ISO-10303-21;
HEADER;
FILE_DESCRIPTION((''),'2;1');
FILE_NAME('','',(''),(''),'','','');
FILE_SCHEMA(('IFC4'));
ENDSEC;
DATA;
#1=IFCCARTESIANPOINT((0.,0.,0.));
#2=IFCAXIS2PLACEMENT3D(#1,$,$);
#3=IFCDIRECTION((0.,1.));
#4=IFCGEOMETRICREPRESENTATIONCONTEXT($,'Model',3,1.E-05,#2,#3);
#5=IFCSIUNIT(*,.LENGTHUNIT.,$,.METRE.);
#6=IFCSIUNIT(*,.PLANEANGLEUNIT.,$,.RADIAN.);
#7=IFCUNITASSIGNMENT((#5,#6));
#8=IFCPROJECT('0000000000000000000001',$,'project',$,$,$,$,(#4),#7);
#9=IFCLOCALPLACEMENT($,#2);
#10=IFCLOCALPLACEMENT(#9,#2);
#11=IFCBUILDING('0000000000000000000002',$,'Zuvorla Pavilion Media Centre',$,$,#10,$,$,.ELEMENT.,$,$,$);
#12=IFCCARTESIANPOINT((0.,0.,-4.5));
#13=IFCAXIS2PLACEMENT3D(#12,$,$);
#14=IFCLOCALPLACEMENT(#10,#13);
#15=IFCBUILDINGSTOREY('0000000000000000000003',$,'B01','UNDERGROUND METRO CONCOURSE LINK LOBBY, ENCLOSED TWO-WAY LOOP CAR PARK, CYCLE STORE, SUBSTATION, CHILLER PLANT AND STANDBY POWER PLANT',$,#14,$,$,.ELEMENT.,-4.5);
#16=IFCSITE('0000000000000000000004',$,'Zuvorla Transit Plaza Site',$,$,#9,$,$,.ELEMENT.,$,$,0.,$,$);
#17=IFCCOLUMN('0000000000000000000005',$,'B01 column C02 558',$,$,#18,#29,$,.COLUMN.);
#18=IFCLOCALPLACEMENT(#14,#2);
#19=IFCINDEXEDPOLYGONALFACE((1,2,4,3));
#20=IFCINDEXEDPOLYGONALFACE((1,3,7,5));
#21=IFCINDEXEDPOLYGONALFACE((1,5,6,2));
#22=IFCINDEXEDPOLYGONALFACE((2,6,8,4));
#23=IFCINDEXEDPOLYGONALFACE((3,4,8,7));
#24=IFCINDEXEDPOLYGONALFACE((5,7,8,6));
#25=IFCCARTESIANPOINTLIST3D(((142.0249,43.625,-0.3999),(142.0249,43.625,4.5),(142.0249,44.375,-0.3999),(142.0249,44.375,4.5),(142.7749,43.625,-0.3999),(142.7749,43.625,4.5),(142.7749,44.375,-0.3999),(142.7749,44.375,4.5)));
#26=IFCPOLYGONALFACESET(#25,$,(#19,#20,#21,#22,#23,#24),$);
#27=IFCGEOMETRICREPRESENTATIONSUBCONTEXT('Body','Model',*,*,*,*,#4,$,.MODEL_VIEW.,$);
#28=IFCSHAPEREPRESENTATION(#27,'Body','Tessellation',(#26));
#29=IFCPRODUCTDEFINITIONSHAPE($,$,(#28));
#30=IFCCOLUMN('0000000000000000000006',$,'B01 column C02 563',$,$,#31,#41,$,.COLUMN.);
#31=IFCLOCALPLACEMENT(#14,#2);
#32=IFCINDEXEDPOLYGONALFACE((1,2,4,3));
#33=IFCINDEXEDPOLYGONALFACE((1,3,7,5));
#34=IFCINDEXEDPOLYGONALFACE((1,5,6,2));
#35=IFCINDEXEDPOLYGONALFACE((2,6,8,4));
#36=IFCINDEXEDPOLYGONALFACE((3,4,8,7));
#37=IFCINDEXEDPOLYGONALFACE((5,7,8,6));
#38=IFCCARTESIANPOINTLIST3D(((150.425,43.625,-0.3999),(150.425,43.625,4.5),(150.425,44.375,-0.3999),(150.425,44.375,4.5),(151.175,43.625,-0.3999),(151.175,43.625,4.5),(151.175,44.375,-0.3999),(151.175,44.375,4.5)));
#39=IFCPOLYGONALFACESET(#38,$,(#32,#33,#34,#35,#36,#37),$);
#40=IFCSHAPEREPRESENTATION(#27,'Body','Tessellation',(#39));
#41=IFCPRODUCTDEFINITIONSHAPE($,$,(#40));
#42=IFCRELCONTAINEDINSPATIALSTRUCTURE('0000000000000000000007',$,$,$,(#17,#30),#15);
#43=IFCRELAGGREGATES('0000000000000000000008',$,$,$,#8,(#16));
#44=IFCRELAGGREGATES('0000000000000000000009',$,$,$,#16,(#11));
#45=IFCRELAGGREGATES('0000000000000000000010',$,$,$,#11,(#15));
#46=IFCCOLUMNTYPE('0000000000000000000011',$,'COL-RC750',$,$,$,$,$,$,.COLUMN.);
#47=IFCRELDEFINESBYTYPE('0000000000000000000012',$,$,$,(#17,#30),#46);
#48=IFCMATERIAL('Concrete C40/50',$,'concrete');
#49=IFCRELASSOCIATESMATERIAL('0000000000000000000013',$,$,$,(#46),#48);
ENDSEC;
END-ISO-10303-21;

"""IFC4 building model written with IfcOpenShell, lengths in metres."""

from ifc_helpers import new_model, si_unit, direction, frame, origin, origin_2d, place, context, subcontext, project, spatial, rectangle, extrude, material, material_profile, profile_set, type_object, element, save


model = new_model("IFC4")

# Units and contexts
model_context = context("Model", 3, precision=1e-05, world=origin(), true_north=direction((0.0, 1.0)))
body_context = subcontext(model_context, "Body", "Model", "MODEL_VIEW")
ifc_project = project(units=[si_unit("LENGTHUNIT", "METRE"), si_unit("PLANEANGLEUNIT", "RADIAN")], contexts=[model_context])

# Site, building, storey
site_placement = place(None, origin())
site = spatial("IfcSite", under=ifc_project, at=site_placement, Name="Zuvorla Transit Plaza Site", CompositionType="ELEMENT", RefElevation=0.0)
building_placement = place(site_placement, origin())
building = spatial("IfcBuilding", under=site, at=building_placement, Name="Zuvorla Pavilion Media Centre", CompositionType="ELEMENT")
storey_placement = place(building_placement, frame((0.0, 0.0, -4.5)))
storey = spatial("IfcBuildingStorey", under=building, at=storey_placement, Name="B01", Description="UNDERGROUND METRO CONCOURSE LINK LOBBY, ENCLOSED TWO-WAY LOOP CAR PARK, CYCLE STORE, SUBSTATION, CHILLER PLANT AND STANDBY POWER PLANT", CompositionType="ELEMENT", Elevation=-4.5)

# Shared definitions
ifc_material = material(Name="Concrete C40/50", Category="concrete")

# Columns
ifc_material_profile_1 = material_profile(ifc_material, rectangle(XDim=0.75, YDim=0.75, at=origin_2d()), Name="RC 750x750")
ifc_profile_set_1 = profile_set([ifc_material_profile_1], Name="Concrete C40/50")
column_type = type_object("IfcColumnType", Name="COL-RC750", PredefinedType="COLUMN", material=ifc_profile_set_1)
for number, where, z_axis, x_axis, name in (
    (1, (142.3999, 44.0, -0.3999), (0.0, 0.0, 1.0), (1.0, 0.0, 0.0), "B01 column C02 558"),
    (2, (150.8, 44.0, -0.3999), (0.0, 0.0, 1.0), (1.0, 0.0, 0.0), "B01 column C02 563"),
):
    element("IfcColumn", number, at=place(storey_placement, frame(where, z_axis=z_axis, x_axis=x_axis)), inside=storey, type_object=column_type, Name=name, PredefinedType="COLUMN", context=body_context, shape_type="SweptSolid", body=[
        extrude(rectangle(XDim=0.75, YDim=0.75, at=origin_2d()), origin(), (0.0, 0.0, 1.0), 4.8999),
    ])

save(model, "model.ifc")
